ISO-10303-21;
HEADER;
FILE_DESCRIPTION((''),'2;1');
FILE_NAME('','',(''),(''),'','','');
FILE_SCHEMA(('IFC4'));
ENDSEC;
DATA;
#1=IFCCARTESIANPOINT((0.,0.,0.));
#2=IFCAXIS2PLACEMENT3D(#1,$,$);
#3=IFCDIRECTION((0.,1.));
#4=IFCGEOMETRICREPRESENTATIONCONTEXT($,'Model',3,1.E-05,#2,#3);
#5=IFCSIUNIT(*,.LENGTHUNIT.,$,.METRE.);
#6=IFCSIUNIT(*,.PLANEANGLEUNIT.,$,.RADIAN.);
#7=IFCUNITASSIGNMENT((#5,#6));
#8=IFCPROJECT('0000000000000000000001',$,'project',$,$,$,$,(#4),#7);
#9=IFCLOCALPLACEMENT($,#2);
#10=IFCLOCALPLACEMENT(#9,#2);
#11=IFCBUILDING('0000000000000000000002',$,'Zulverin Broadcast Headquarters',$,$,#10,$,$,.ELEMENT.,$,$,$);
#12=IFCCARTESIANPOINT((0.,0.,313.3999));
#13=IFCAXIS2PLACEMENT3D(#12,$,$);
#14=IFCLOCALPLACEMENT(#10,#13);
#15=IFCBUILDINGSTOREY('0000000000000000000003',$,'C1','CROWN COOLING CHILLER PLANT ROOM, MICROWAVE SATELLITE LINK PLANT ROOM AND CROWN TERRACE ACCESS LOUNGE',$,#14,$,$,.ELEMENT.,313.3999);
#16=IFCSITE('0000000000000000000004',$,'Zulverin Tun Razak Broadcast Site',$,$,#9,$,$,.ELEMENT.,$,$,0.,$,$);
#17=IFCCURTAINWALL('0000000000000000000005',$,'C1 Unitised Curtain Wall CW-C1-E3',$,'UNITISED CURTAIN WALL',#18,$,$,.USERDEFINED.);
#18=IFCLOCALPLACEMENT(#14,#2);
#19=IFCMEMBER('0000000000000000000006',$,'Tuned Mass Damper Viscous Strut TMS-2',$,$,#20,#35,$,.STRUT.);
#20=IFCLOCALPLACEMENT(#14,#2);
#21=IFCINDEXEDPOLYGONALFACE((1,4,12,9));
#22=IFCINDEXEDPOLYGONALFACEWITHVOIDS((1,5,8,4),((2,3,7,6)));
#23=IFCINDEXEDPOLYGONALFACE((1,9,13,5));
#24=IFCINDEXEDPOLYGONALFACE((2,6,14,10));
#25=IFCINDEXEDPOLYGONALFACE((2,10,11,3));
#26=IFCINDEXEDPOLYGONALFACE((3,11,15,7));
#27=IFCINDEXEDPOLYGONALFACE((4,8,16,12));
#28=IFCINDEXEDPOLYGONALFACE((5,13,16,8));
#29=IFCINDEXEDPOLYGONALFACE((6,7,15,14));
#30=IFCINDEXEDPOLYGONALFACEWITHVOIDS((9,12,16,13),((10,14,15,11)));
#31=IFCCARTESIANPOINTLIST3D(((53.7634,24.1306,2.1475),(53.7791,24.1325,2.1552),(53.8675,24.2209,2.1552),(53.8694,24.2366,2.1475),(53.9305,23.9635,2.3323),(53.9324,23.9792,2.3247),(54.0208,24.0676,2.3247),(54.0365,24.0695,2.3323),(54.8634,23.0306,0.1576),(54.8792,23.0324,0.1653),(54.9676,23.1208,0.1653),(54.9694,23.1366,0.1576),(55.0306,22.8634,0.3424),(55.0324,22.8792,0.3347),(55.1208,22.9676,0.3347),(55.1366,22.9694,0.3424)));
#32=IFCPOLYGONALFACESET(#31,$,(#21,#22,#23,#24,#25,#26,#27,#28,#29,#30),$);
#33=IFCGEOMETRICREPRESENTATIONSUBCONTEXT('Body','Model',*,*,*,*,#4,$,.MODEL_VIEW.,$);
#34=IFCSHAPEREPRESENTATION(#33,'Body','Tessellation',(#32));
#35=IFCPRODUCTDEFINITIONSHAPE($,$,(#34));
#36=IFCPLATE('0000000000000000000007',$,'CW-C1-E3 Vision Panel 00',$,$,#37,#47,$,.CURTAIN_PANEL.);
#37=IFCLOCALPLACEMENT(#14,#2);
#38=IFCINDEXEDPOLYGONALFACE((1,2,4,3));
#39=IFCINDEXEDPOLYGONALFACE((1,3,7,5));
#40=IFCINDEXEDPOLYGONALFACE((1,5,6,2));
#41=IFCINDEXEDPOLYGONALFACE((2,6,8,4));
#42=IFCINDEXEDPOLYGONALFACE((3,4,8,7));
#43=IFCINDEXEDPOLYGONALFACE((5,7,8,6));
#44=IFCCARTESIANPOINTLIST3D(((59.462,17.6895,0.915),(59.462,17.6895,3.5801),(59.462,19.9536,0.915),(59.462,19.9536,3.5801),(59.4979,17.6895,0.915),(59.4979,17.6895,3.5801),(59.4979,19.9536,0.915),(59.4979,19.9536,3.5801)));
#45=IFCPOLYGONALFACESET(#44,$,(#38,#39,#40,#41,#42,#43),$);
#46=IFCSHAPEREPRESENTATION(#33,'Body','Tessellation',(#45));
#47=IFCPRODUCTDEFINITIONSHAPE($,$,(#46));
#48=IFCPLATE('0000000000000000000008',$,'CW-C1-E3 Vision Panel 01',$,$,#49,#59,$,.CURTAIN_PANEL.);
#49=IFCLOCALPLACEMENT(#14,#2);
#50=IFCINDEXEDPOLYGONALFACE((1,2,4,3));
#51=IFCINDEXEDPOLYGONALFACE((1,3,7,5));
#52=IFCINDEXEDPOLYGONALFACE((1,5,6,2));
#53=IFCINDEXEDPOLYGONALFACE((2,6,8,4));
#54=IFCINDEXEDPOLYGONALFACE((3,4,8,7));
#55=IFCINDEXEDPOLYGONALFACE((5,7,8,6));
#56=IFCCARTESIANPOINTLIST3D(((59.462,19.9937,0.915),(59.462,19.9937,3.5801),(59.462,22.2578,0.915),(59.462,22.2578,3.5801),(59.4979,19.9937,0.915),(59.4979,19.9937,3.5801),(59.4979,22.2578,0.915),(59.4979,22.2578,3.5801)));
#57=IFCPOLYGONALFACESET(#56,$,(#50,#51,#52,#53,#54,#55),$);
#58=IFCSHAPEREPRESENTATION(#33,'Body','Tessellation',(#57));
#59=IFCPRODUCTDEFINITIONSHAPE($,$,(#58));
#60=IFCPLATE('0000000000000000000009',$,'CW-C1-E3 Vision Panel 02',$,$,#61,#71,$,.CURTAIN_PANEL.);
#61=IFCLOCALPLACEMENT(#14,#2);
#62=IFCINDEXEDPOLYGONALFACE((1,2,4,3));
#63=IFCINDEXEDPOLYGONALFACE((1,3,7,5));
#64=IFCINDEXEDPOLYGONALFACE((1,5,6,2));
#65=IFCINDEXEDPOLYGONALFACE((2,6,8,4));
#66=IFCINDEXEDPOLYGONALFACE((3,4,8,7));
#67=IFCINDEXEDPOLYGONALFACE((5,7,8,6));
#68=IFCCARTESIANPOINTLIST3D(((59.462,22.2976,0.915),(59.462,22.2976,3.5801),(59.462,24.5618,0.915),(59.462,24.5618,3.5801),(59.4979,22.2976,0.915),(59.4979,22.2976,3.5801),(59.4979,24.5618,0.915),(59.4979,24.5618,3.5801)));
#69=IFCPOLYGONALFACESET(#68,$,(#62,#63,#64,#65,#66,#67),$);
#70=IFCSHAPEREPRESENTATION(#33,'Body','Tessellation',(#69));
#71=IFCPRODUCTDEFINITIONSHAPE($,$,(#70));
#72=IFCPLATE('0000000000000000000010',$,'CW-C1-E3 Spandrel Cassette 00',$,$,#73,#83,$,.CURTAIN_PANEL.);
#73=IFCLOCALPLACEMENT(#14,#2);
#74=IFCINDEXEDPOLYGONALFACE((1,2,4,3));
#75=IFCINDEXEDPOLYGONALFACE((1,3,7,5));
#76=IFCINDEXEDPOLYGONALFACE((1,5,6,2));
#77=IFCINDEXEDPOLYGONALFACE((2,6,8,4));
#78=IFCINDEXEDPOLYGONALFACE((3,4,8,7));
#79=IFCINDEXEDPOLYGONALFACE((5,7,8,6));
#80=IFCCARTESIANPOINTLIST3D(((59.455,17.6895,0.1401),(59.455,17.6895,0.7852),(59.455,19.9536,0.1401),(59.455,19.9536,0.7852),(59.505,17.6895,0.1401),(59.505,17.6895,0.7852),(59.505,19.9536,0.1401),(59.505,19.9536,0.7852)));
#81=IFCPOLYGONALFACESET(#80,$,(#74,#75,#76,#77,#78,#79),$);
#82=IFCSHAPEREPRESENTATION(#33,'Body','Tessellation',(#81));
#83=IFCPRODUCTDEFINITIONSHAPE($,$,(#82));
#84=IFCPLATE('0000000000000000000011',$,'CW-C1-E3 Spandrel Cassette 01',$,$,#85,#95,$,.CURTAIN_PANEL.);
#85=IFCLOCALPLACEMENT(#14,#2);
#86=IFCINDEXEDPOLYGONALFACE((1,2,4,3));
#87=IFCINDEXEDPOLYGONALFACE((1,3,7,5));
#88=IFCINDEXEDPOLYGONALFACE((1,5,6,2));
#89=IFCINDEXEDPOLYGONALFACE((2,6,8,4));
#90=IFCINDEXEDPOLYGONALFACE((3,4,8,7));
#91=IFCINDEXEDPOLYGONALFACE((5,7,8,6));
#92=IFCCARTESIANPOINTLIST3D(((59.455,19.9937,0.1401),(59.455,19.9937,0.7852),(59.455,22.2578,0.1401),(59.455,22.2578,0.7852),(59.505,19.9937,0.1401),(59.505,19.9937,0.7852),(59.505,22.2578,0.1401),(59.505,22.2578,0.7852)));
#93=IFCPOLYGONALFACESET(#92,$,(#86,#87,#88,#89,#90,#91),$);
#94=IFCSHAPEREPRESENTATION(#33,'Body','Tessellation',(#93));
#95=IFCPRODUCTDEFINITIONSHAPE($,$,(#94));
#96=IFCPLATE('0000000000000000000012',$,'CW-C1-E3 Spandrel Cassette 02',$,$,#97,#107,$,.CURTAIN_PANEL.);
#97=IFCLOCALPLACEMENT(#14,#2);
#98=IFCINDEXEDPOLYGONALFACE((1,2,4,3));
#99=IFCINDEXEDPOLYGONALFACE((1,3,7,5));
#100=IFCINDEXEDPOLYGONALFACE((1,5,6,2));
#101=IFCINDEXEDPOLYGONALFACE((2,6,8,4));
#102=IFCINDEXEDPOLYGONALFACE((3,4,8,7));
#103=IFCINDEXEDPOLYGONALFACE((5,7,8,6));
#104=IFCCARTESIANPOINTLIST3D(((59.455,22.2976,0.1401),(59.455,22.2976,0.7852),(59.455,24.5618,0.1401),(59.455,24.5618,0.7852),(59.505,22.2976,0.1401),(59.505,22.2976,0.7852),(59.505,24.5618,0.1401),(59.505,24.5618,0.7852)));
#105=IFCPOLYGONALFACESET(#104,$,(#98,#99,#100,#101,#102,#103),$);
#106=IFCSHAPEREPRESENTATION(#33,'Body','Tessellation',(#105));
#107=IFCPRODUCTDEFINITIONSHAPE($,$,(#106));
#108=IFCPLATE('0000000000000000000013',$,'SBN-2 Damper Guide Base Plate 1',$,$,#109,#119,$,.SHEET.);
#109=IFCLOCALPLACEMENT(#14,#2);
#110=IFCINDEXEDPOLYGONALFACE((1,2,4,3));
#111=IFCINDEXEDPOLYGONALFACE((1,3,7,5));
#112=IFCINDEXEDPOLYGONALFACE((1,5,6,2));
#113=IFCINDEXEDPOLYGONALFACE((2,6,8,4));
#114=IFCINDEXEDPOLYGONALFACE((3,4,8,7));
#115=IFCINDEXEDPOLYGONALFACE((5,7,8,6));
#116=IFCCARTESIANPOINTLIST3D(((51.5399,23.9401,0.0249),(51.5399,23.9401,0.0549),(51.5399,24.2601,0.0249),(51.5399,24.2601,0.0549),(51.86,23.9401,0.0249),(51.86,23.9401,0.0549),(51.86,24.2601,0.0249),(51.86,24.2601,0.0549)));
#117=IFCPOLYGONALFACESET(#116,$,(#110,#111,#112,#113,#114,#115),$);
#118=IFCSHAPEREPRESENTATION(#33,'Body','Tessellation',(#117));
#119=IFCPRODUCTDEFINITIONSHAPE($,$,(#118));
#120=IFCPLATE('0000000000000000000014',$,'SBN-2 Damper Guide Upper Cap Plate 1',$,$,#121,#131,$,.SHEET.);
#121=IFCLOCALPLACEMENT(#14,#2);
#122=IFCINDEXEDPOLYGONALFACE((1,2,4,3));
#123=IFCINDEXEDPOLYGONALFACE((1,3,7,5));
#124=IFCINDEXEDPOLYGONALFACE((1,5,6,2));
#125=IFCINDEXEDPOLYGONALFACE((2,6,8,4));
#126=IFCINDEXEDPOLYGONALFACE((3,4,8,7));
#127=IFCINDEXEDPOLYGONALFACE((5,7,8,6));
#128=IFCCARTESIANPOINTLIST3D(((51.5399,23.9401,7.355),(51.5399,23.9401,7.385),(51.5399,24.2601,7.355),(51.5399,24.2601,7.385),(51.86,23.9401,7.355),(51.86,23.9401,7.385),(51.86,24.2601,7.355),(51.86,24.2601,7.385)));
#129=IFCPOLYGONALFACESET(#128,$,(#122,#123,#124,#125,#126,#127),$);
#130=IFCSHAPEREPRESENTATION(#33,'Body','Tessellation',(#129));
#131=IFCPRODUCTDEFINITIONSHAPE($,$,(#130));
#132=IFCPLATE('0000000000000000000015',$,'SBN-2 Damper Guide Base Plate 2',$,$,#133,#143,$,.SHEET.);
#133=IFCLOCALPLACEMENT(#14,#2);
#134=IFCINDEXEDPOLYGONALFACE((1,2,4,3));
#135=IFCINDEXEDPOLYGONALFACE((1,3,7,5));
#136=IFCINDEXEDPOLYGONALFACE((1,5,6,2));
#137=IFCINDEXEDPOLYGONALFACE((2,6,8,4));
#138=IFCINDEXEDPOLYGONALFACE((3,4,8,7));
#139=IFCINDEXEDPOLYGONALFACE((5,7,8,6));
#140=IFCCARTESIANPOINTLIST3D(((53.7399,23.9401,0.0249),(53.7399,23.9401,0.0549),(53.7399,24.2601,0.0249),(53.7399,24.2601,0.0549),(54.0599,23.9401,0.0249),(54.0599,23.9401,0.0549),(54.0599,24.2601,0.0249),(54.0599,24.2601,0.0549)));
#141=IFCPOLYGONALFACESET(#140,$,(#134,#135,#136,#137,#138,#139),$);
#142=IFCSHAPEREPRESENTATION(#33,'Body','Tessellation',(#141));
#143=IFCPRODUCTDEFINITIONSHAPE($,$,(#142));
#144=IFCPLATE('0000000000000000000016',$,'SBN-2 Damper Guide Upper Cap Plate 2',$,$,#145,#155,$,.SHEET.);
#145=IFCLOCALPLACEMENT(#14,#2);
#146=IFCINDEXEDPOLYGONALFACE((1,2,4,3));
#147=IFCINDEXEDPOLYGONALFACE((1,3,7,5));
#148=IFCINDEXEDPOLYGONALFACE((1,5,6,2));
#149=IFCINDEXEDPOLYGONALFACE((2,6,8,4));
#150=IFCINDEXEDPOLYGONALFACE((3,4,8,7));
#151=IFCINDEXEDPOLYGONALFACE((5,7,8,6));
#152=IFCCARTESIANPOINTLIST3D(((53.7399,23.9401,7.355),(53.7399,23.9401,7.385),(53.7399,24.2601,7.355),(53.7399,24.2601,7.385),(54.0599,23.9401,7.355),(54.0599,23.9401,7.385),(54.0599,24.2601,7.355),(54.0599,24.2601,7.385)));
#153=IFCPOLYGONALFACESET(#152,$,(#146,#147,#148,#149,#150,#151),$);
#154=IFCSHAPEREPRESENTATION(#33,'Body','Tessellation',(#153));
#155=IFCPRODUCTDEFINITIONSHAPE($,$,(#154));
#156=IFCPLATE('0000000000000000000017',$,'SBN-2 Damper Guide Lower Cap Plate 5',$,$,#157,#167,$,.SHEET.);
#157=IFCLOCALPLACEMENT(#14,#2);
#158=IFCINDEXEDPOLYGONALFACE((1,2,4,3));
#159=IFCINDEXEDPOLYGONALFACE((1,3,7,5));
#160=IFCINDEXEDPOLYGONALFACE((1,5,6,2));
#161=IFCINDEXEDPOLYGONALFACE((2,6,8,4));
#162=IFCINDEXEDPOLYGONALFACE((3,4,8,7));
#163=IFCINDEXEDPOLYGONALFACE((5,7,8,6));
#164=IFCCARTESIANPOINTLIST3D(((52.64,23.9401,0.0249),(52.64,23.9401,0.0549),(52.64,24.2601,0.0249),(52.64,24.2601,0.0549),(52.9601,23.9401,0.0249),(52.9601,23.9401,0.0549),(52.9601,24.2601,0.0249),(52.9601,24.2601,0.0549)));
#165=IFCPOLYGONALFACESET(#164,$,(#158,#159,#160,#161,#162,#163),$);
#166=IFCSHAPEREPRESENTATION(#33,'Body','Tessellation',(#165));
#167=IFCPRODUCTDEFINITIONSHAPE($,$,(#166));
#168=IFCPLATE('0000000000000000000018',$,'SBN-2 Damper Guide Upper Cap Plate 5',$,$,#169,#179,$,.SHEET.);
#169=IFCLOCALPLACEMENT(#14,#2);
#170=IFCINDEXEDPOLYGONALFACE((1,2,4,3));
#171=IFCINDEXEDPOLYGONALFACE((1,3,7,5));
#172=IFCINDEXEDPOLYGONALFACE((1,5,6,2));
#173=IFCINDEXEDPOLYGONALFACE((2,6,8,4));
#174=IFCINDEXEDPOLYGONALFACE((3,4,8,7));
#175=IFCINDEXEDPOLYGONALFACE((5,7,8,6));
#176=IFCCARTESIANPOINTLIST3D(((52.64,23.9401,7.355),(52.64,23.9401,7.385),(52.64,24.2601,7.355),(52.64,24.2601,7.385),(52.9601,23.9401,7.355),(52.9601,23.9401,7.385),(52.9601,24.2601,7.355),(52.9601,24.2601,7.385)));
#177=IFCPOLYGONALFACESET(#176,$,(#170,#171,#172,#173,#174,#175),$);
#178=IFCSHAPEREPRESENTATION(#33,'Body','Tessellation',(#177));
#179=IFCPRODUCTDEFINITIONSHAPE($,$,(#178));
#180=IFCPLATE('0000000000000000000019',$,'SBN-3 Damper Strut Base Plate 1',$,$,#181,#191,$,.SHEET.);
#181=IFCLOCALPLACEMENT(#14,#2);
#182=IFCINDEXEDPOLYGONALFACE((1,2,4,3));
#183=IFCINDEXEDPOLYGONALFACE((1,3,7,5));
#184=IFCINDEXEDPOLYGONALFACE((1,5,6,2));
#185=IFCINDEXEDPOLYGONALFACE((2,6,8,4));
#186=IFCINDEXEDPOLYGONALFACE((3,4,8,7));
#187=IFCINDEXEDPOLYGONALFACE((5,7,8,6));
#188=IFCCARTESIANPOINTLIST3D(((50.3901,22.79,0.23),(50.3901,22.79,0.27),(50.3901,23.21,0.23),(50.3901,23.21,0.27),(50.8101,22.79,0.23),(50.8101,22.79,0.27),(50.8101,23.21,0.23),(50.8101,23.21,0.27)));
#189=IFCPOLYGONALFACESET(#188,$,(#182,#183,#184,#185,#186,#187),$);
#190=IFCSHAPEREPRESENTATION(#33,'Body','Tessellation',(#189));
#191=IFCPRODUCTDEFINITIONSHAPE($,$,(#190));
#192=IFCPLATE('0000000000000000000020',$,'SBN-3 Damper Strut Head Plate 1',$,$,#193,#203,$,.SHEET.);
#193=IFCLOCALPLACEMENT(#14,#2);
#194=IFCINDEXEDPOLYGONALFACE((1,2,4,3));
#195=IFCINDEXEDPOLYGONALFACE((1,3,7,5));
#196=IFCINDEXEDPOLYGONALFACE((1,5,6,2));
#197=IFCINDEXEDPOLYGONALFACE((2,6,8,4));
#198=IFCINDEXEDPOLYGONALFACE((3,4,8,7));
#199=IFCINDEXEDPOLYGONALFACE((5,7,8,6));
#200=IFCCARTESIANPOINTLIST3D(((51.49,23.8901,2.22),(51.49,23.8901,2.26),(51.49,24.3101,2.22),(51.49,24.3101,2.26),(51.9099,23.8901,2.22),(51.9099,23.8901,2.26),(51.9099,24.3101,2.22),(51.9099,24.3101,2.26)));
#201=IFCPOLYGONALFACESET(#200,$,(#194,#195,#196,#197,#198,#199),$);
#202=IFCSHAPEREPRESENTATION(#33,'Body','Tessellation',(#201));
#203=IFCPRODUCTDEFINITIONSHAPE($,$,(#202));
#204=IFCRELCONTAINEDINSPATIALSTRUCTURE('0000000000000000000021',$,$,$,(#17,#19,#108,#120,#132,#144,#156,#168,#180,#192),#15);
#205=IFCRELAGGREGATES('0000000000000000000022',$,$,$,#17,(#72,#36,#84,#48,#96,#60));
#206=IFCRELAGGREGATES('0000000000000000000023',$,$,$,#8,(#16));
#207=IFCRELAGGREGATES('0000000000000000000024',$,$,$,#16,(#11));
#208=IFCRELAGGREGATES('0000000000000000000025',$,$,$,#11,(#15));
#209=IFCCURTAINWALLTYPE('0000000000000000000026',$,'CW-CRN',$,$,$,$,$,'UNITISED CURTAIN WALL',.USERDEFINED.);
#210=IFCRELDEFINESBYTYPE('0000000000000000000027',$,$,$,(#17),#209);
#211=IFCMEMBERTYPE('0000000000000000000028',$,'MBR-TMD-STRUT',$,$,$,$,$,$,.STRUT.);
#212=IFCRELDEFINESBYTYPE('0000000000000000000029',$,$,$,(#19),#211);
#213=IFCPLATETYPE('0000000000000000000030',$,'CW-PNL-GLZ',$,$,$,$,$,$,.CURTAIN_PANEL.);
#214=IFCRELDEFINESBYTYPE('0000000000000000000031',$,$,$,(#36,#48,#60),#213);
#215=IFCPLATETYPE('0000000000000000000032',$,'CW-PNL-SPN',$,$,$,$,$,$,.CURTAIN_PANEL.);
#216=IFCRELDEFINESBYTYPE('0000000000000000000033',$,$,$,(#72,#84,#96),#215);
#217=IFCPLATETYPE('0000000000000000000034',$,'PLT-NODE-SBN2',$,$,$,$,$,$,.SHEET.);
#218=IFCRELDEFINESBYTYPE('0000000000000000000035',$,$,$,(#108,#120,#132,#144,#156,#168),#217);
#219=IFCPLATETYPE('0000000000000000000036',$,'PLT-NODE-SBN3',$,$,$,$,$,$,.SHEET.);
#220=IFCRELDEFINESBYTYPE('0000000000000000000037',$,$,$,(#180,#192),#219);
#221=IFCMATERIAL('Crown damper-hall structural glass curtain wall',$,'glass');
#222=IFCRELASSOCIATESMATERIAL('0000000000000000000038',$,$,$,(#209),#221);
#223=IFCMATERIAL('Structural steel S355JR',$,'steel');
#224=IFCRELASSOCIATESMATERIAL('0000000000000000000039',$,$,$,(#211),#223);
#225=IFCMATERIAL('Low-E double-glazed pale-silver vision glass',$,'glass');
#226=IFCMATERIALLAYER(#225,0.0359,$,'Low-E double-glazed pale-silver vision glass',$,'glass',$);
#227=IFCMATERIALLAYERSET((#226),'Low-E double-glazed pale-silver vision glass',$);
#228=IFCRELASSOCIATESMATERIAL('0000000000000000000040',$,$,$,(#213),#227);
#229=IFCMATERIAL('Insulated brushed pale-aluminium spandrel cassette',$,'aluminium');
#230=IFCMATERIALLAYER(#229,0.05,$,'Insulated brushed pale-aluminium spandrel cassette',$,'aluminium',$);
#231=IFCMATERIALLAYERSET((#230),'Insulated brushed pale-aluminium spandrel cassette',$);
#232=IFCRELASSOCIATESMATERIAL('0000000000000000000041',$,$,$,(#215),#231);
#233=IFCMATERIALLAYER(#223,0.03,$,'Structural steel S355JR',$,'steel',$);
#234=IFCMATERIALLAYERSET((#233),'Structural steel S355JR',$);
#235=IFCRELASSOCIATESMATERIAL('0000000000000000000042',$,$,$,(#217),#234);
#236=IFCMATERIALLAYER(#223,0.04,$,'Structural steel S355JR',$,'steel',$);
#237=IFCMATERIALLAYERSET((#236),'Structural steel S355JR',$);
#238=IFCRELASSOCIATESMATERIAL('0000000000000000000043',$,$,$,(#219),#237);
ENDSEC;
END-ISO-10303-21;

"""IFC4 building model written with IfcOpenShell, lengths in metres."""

from ifc_helpers import new_model, si_unit, direction, frame, origin, origin_2d, place, context, subcontext, project, spatial, rectangle, hollow_rectangle, extrude, material, layer, layer_set, material_profile, profile_set, type_object, element, aggregate, save


model = new_model("IFC4")

# Units and contexts
model_context = context("Model", 3, precision=1e-05, world=origin(), true_north=direction((0.0, 1.0)))
body_context = subcontext(model_context, "Body", "Model", "MODEL_VIEW")
ifc_project = project(units=[si_unit("LENGTHUNIT", "METRE"), si_unit("PLANEANGLEUNIT", "RADIAN")], contexts=[model_context])

# Site, building, storey
site_placement = place(None, origin())
site = spatial("IfcSite", under=ifc_project, at=site_placement, Name="Zulverin Tun Razak Broadcast Site", CompositionType="ELEMENT", RefElevation=0.0)
building_placement = place(site_placement, origin())
building = spatial("IfcBuilding", under=site, at=building_placement, Name="Zulverin Broadcast Headquarters", CompositionType="ELEMENT")
storey_placement = place(building_placement, frame((0.0, 0.0, 313.3999)))
storey = spatial("IfcBuildingStorey", under=building, at=storey_placement, Name="C1", Description="CROWN COOLING CHILLER PLANT ROOM, MICROWAVE SATELLITE LINK PLANT ROOM AND CROWN TERRACE ACCESS LOUNGE", CompositionType="ELEMENT", Elevation=313.3999)

# Shared definitions
ifc_material_1 = material(Name="Structural steel S355JR", Category="steel")

# Curtain wall
ifc_material_2 = material(Name="Crown damper-hall structural glass curtain wall", Category="glass")
curtain_wall_type = type_object("IfcCurtainWallType", Name="CW-CRN", ElementType="UNITISED CURTAIN WALL", PredefinedType="USERDEFINED", material=ifc_material_2)
curtain_wall_placement = place(storey_placement, origin())
curtain_wall = element("IfcCurtainWall", 1, at=curtain_wall_placement, inside=storey, type_object=curtain_wall_type, Name="C1 Unitised Curtain Wall CW-C1-E3", ObjectType="UNITISED CURTAIN WALL", PredefinedType="USERDEFINED")

# Member
ifc_material_profile_1 = material_profile(ifc_material_1, hollow_rectangle(XDim=0.1499, YDim=0.3, WallThickness=0.0125, at=origin_2d()), Name="Structural steel S355JR", Category="steel")
ifc_profile_set_1 = profile_set([ifc_material_profile_1], Name="Structural steel S355JR")
member_type_1 = type_object("IfcMemberType", Name="MBR-TMD-STRUT", PredefinedType="STRUT", material=ifc_profile_set_1)
for number, where, z_axis, x_axis, name in (
    (2, (55.0, 23.0, 0.25), (-0.435516, 0.435516, 0.787814), (-0.707107, -0.707107, 0.0), "Tuned Mass Damper Viscous Strut TMS-2"),
):
    element("IfcMember", number, at=place(storey_placement, frame(where, z_axis=z_axis, x_axis=x_axis)), inside=storey, type_object=member_type_1, Name=name, PredefinedType="STRUT", context=body_context, shape_type="SweptSolid", body=[
        extrude(hollow_rectangle(XDim=0.1499, YDim=0.3, WallThickness=0.0125, at=origin_2d()), origin(), (0.0, 0.0, 1.0), 2.5259),
    ])

# Plates
ifc_material_3 = material(Name="Low-E double-glazed pale-silver vision glass", Category="glass")
ifc_layer_1 = layer(ifc_material_3, 0.0359, Name="Low-E double-glazed pale-silver vision glass", Category="glass")
ifc_layer_set_1 = layer_set([ifc_layer_1], Name="Low-E double-glazed pale-silver vision glass")
plate_type_1 = type_object("IfcPlateType", Name="CW-PNL-GLZ", PredefinedType="CURTAIN_PANEL", material=ifc_layer_set_1)
plate_1_placement = place(storey_placement, frame((59.48, 18.8215, 0.915), z_axis=(0.0, 0.0, 1.0), x_axis=(0.0, 1.0, 0.0)))
plate_1 = element("IfcPlate", 3, at=plate_1_placement, type_object=plate_type_1, Name="CW-C1-E3 Vision Panel 00", PredefinedType="CURTAIN_PANEL", context=body_context, shape_type="SweptSolid", body=[
    extrude(rectangle(XDim=2.2642, YDim=0.0359, at=origin_2d()), origin(), (0.0, 0.0, 1.0), 2.665),
])
plate_2_placement = place(storey_placement, frame((59.48, 21.1257, 0.915), z_axis=(0.0, 0.0, 1.0), x_axis=(0.0, 1.0, 0.0)))
plate_2 = element("IfcPlate", 4, at=plate_2_placement, type_object=plate_type_1, Name="CW-C1-E3 Vision Panel 01", PredefinedType="CURTAIN_PANEL", context=body_context, shape_type="SweptSolid", body=[
    extrude(rectangle(XDim=2.2642, YDim=0.0359, at=origin_2d()), origin(), (0.0, 0.0, 1.0), 2.665),
])
plate_3_placement = place(storey_placement, frame((59.48, 23.4297, 0.915), z_axis=(0.0, 0.0, 1.0), x_axis=(0.0, 1.0, 0.0)))
plate_3 = element("IfcPlate", 5, at=plate_3_placement, type_object=plate_type_1, Name="CW-C1-E3 Vision Panel 02", PredefinedType="CURTAIN_PANEL", context=body_context, shape_type="SweptSolid", body=[
    extrude(rectangle(XDim=2.2642, YDim=0.0359, at=origin_2d()), origin(), (0.0, 0.0, 1.0), 2.665),
])
ifc_material_4 = material(Name="Insulated brushed pale-aluminium spandrel cassette", Category="aluminium")
ifc_layer_2 = layer(ifc_material_4, 0.05, Name="Insulated brushed pale-aluminium spandrel cassette", Category="aluminium")
ifc_layer_set_2 = layer_set([ifc_layer_2], Name="Insulated brushed pale-aluminium spandrel cassette")
plate_type_2 = type_object("IfcPlateType", Name="CW-PNL-SPN", PredefinedType="CURTAIN_PANEL", material=ifc_layer_set_2)
plate_4_placement = place(storey_placement, frame((59.48, 18.8215, 0.1401), z_axis=(0.0, 0.0, 1.0), x_axis=(0.0, 1.0, 0.0)))
plate_4 = element("IfcPlate", 6, at=plate_4_placement, type_object=plate_type_2, Name="CW-C1-E3 Spandrel Cassette 00", PredefinedType="CURTAIN_PANEL", context=body_context, shape_type="SweptSolid", body=[
    extrude(rectangle(XDim=2.2642, YDim=0.05, at=origin_2d()), origin(), (0.0, 0.0, 1.0), 0.645),
])
plate_5_placement = place(storey_placement, frame((59.48, 21.1257, 0.1401), z_axis=(0.0, 0.0, 1.0), x_axis=(0.0, 1.0, 0.0)))
plate_5 = element("IfcPlate", 7, at=plate_5_placement, type_object=plate_type_2, Name="CW-C1-E3 Spandrel Cassette 01", PredefinedType="CURTAIN_PANEL", context=body_context, shape_type="SweptSolid", body=[
    extrude(rectangle(XDim=2.2642, YDim=0.05, at=origin_2d()), origin(), (0.0, 0.0, 1.0), 0.645),
])
plate_6_placement = place(storey_placement, frame((59.48, 23.4297, 0.1401), z_axis=(0.0, 0.0, 1.0), x_axis=(0.0, 1.0, 0.0)))
plate_6 = element("IfcPlate", 8, at=plate_6_placement, type_object=plate_type_2, Name="CW-C1-E3 Spandrel Cassette 02", PredefinedType="CURTAIN_PANEL", context=body_context, shape_type="SweptSolid", body=[
    extrude(rectangle(XDim=2.2642, YDim=0.05, at=origin_2d()), origin(), (0.0, 0.0, 1.0), 0.645),
])
aggregate(curtain_wall, [plate_4, plate_1, plate_5, plate_2, plate_6, plate_3])

# Plates
ifc_layer_3 = layer(ifc_material_1, 0.03, Name="Structural steel S355JR", Category="steel")
ifc_layer_set_3 = layer_set([ifc_layer_3], Name="Structural steel S355JR")
plate_type_3 = type_object("IfcPlateType", Name="PLT-NODE-SBN2", PredefinedType="SHEET", material=ifc_layer_set_3)
for number, where, z_axis, x_axis, name in (
    (9, (51.7, 24.1001, 0.0249), (0.0, 0.0, 1.0), (1.0, 0.0, 0.0), "SBN-2 Damper Guide Base Plate 1"),
    (10, (51.7, 24.1001, 7.355), (0.0, 0.0, 1.0), (1.0, 0.0, 0.0), "SBN-2 Damper Guide Upper Cap Plate 1"),
    (11, (53.8999, 24.1001, 0.0249), (0.0, 0.0, 1.0), (1.0, 0.0, 0.0), "SBN-2 Damper Guide Base Plate 2"),
    (12, (53.8999, 24.1001, 7.355), (0.0, 0.0, 1.0), (1.0, 0.0, 0.0), "SBN-2 Damper Guide Upper Cap Plate 2"),
    (13, (52.8, 24.1001, 0.0249), (0.0, 0.0, 1.0), (1.0, 0.0, 0.0), "SBN-2 Damper Guide Lower Cap Plate 5"),
    (14, (52.8, 24.1001, 7.355), (0.0, 0.0, 1.0), (1.0, 0.0, 0.0), "SBN-2 Damper Guide Upper Cap Plate 5"),
):
    element("IfcPlate", number, at=place(storey_placement, frame(where, z_axis=z_axis, x_axis=x_axis)), inside=storey, type_object=plate_type_3, Name=name, PredefinedType="SHEET", context=body_context, shape_type="SweptSolid", body=[
        extrude(rectangle(XDim=0.3201, YDim=0.3201, at=origin_2d()), origin(), (0.0, 0.0, 1.0), 0.03),
    ])
ifc_layer_4 = layer(ifc_material_1, 0.04, Name="Structural steel S355JR", Category="steel")
ifc_layer_set_4 = layer_set([ifc_layer_4], Name="Structural steel S355JR")
plate_type_4 = type_object("IfcPlateType", Name="PLT-NODE-SBN3", PredefinedType="SHEET", material=ifc_layer_set_4)
for number, where, z_axis, x_axis, name in (
    (15, (50.6001, 23.0, 0.23), (0.0, 0.0, 1.0), (1.0, 0.0, 0.0), "SBN-3 Damper Strut Base Plate 1"),
    (16, (51.7, 24.1001, 2.22), (0.0, 0.0, 1.0), (1.0, 0.0, 0.0), "SBN-3 Damper Strut Head Plate 1"),
):
    element("IfcPlate", number, at=place(storey_placement, frame(where, z_axis=z_axis, x_axis=x_axis)), inside=storey, type_object=plate_type_4, Name=name, PredefinedType="SHEET", context=body_context, shape_type="SweptSolid", body=[
        extrude(rectangle(XDim=0.4199, YDim=0.4199, at=origin_2d()), origin(), (0.0, 0.0, 1.0), 0.04),
    ])

save(model, "model.ifc")
